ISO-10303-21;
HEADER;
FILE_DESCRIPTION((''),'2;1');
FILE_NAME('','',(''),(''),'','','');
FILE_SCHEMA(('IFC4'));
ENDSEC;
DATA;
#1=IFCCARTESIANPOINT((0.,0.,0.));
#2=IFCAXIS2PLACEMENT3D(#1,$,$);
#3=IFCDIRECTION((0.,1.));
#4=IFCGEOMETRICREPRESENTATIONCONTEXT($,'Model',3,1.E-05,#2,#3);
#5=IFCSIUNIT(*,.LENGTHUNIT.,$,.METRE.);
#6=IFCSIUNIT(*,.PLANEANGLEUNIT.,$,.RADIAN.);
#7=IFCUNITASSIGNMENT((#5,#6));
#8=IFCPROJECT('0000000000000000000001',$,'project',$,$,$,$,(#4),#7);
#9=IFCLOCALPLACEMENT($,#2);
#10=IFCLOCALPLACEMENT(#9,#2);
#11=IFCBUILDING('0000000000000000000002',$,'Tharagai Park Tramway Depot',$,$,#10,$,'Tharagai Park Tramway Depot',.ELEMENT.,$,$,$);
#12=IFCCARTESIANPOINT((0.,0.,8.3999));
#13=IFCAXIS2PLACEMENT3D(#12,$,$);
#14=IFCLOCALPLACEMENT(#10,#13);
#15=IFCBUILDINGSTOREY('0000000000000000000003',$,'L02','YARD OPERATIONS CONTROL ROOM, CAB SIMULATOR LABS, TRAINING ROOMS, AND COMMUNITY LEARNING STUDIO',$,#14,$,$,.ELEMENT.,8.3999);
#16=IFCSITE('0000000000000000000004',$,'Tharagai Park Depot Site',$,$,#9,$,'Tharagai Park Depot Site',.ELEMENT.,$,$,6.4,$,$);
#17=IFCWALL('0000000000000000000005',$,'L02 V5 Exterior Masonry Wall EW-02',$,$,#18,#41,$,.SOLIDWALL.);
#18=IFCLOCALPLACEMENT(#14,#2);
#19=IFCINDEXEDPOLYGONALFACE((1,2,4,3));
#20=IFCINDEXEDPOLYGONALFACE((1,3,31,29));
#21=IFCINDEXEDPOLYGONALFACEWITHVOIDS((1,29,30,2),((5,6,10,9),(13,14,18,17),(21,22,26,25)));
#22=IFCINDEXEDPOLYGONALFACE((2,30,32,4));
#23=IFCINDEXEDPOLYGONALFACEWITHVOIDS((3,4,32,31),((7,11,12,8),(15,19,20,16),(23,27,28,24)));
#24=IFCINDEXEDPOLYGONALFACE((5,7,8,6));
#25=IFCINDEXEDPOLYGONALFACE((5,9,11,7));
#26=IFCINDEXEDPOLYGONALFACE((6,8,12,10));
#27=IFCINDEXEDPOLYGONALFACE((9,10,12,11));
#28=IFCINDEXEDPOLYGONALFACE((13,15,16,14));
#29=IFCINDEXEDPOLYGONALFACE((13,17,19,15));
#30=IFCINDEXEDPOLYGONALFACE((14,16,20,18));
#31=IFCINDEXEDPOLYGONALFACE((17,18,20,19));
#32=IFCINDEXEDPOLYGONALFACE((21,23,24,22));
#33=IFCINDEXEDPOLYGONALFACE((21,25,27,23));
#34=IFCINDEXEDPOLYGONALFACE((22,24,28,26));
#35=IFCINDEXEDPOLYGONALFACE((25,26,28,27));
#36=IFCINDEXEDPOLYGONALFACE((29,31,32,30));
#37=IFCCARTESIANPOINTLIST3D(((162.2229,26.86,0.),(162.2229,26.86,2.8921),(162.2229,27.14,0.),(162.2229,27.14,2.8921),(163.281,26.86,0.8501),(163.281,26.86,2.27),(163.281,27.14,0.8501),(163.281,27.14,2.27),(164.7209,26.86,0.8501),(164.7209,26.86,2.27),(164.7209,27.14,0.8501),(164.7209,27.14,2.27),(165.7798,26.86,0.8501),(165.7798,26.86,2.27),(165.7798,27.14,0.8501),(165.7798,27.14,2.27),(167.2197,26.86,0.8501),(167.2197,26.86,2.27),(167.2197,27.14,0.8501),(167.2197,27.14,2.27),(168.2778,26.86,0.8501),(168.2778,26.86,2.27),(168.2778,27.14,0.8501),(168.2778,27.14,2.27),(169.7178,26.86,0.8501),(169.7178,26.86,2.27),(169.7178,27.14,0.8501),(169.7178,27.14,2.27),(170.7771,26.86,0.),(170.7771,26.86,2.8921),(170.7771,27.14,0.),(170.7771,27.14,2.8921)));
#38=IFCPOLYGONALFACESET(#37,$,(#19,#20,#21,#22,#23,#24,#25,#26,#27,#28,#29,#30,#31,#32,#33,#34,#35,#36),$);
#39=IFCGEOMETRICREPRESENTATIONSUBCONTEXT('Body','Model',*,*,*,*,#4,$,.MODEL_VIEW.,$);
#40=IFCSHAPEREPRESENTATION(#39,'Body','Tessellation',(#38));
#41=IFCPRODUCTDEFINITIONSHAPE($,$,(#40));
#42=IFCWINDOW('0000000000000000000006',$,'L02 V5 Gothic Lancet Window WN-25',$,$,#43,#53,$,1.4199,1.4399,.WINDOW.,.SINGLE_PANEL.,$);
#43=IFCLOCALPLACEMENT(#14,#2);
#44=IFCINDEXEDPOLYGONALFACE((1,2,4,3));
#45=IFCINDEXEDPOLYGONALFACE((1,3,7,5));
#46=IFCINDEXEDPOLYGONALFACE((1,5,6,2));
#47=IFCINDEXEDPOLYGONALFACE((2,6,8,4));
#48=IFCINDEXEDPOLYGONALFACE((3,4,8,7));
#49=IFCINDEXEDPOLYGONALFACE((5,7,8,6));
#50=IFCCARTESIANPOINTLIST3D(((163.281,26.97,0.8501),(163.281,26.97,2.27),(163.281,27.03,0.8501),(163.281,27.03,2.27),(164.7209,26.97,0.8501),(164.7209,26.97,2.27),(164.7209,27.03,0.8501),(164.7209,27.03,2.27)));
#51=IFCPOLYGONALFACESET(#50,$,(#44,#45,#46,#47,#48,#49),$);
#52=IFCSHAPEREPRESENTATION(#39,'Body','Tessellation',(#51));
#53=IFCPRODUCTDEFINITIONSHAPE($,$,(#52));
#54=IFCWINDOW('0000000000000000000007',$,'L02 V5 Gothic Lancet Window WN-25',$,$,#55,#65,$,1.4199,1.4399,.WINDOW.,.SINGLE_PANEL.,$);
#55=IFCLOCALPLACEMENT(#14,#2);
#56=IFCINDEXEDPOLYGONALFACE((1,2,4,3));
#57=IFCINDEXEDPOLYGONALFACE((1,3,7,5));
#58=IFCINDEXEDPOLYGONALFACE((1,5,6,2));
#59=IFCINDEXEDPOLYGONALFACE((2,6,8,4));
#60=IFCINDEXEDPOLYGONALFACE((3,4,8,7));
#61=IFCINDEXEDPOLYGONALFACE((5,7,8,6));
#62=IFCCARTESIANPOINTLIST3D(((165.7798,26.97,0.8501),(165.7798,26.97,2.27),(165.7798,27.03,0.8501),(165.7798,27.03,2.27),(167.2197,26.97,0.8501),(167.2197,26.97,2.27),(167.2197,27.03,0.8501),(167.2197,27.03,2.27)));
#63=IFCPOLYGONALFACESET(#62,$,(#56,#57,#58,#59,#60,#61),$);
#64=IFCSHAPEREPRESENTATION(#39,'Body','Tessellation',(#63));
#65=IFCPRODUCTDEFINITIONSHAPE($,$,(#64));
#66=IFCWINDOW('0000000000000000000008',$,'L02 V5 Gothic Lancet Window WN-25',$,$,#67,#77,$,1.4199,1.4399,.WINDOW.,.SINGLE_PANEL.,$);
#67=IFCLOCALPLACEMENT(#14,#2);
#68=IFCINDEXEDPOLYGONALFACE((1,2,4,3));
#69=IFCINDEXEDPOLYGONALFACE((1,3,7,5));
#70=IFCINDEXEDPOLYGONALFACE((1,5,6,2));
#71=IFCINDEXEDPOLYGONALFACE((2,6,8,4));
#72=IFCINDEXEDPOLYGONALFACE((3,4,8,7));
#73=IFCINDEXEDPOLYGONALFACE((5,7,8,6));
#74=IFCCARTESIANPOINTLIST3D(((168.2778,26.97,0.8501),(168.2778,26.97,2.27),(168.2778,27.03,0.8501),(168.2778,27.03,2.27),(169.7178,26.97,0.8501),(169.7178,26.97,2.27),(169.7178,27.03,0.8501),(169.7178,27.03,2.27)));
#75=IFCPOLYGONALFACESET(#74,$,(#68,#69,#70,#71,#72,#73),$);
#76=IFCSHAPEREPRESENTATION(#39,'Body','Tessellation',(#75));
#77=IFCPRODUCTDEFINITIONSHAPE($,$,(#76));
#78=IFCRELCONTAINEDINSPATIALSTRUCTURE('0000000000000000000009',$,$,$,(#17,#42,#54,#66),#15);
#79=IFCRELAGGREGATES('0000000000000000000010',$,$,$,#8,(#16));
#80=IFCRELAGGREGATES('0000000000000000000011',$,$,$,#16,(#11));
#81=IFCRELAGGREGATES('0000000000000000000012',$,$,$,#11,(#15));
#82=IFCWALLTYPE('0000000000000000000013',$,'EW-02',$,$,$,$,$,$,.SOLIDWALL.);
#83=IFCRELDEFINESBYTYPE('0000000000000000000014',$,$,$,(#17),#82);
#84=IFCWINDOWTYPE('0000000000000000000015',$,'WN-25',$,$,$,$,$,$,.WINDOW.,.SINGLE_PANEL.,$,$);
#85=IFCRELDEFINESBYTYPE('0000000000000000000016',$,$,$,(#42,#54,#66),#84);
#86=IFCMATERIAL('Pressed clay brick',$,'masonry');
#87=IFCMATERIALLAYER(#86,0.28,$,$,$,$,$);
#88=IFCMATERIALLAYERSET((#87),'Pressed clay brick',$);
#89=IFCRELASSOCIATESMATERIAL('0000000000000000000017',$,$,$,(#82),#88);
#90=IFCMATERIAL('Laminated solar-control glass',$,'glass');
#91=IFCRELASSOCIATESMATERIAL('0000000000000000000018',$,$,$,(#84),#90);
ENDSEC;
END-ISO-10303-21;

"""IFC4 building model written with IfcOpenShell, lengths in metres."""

from ifc_helpers import new_model, si_unit, direction, frame, frame_2d, origin, place, context, subcontext, project, spatial, rectangle, extrude, material, layer, layer_set, type_object, element, fill, save


model = new_model("IFC4")

# Units and contexts
model_context = context("Model", 3, precision=1e-05, world=origin(), true_north=direction((0.0, 1.0)))
body_context = subcontext(model_context, "Body", "Model", "MODEL_VIEW")
ifc_project = project(units=[si_unit("LENGTHUNIT", "METRE"), si_unit("PLANEANGLEUNIT", "RADIAN")], contexts=[model_context])

# Site, building, storey
site_placement = place(None, origin())
site = spatial("IfcSite", under=ifc_project, at=site_placement, Name="Tharagai Park Depot Site", LongName="Tharagai Park Depot Site", CompositionType="ELEMENT", RefElevation=6.4)
building_placement = place(site_placement, origin())
building = spatial("IfcBuilding", under=site, at=building_placement, Name="Tharagai Park Tramway Depot", LongName="Tharagai Park Tramway Depot", CompositionType="ELEMENT")
storey_placement = place(building_placement, frame((0.0, 0.0, 8.3999)))
storey = spatial("IfcBuildingStorey", under=building, at=storey_placement, Name="L02", Description="YARD OPERATIONS CONTROL ROOM, CAB SIMULATOR LABS, TRAINING ROOMS, AND COMMUNITY LEARNING STUDIO", CompositionType="ELEMENT", Elevation=8.3999)

# Shared definitions
ifc_material_1 = material(Name="Laminated solar-control glass", Category="glass")

# Wall, openings, windows
ifc_material_2 = material(Name="Pressed clay brick", Category="masonry")
ifc_layer_1 = layer(ifc_material_2, 0.28)
ifc_layer_set_1 = layer_set([ifc_layer_1], Name="Pressed clay brick")
wall_type = type_object("IfcWallType", Name="EW-02", PredefinedType="SOLIDWALL", material=ifc_layer_set_1)
wall_1_placement = place(storey_placement, frame((162.2229, 27.0, 0.0), z_axis=(0.0, 0.0, 1.0), x_axis=(1.0, 0.0, 0.0)))
wall_1 = element("IfcWall", 1, at=wall_1_placement, inside=storey, type_object=wall_type, Name="L02 V5 Exterior Masonry Wall EW-02", PredefinedType="SOLIDWALL", context=body_context, shape_type="SweptSolid", body=[
    extrude(rectangle(XDim=8.5542, YDim=0.28, at=frame_2d((4.2771, 0.0))), origin(), (0.0, 0.0, 1.0), 2.8921),
])
opening_1_placement = place(wall_1_placement, frame((1.0581, 0.0, 0.8501)))
opening_1 = element("IfcOpeningElement", 2, at=opening_1_placement, cuts=wall_1, PredefinedType="OPENING", context=body_context, shape_type="SweptSolid", body=[
    extrude(rectangle(XDim=1.4399, YDim=1.4199, at=frame_2d((0.72, 0.71))), frame((0.0, 0.1499, 0.0), z_axis=(0.0, -1.0, 0.0), x_axis=(1.0, 0.0, 0.0)), (0.0, 0.0, 1.0), 0.3),
])
opening_2_placement = place(wall_1_placement, frame((3.5569, 0.0, 0.8501)))
opening_2 = element("IfcOpeningElement", 3, at=opening_2_placement, cuts=wall_1, PredefinedType="OPENING", context=body_context, shape_type="SweptSolid", body=[
    extrude(rectangle(XDim=1.4399, YDim=1.4199, at=frame_2d((0.72, 0.71))), frame((0.0, 0.1499, 0.0), z_axis=(0.0, -1.0, 0.0), x_axis=(1.0, 0.0, 0.0)), (0.0, 0.0, 1.0), 0.3),
])
opening_3_placement = place(wall_1_placement, frame((6.0549, 0.0, 0.8501)))
opening_3 = element("IfcOpeningElement", 4, at=opening_3_placement, cuts=wall_1, PredefinedType="OPENING", context=body_context, shape_type="SweptSolid", body=[
    extrude(rectangle(XDim=1.4399, YDim=1.4199, at=frame_2d((0.72, 0.71))), frame((0.0, 0.1499, 0.0), z_axis=(0.0, -1.0, 0.0), x_axis=(1.0, 0.0, 0.0)), (0.0, 0.0, 1.0), 0.3),
])
window_type_1 = type_object("IfcWindowType", Name="WN-25", PartitioningType="SINGLE_PANEL", PredefinedType="WINDOW", material=ifc_material_1)
window_1_placement = place(opening_1_placement, origin())
window_1 = element("IfcWindow", 5, at=window_1_placement, inside=storey, type_object=window_type_1, Name="L02 V5 Gothic Lancet Window WN-25", OverallHeight=1.4199, OverallWidth=1.4399, PartitioningType="SINGLE_PANEL", PredefinedType="WINDOW", context=body_context, shape_type="SweptSolid", body=[
    extrude(rectangle(XDim=1.4399, YDim=1.4199, at=frame_2d((0.72, 0.71))), frame((0.0, 0.03, 0.0), z_axis=(0.0, -1.0, 0.0), x_axis=(1.0, 0.0, 0.0)), (0.0, 0.0, 1.0), 0.0601),
])
fill(opening_1, window_1)
window_2_placement = place(opening_2_placement, origin())
window_2 = element("IfcWindow", 6, at=window_2_placement, inside=storey, type_object=window_type_1, Name="L02 V5 Gothic Lancet Window WN-25", OverallHeight=1.4199, OverallWidth=1.4399, PartitioningType="SINGLE_PANEL", PredefinedType="WINDOW", context=body_context, shape_type="SweptSolid", body=[
    extrude(rectangle(XDim=1.4399, YDim=1.4199, at=frame_2d((0.72, 0.71))), frame((0.0, 0.03, 0.0), z_axis=(0.0, -1.0, 0.0), x_axis=(1.0, 0.0, 0.0)), (0.0, 0.0, 1.0), 0.0601),
])
fill(opening_2, window_2)
window_3_placement = place(opening_3_placement, origin())
window_3 = element("IfcWindow", 7, at=window_3_placement, inside=storey, type_object=window_type_1, Name="L02 V5 Gothic Lancet Window WN-25", OverallHeight=1.4199, OverallWidth=1.4399, PartitioningType="SINGLE_PANEL", PredefinedType="WINDOW", context=body_context, shape_type="SweptSolid", body=[
    extrude(rectangle(XDim=1.4399, YDim=1.4199, at=frame_2d((0.72, 0.71))), frame((0.0, 0.03, 0.0), z_axis=(0.0, -1.0, 0.0), x_axis=(1.0, 0.0, 0.0)), (0.0, 0.0, 1.0), 0.0601),
])
fill(opening_3, window_3)

save(model, "model.ifc")
